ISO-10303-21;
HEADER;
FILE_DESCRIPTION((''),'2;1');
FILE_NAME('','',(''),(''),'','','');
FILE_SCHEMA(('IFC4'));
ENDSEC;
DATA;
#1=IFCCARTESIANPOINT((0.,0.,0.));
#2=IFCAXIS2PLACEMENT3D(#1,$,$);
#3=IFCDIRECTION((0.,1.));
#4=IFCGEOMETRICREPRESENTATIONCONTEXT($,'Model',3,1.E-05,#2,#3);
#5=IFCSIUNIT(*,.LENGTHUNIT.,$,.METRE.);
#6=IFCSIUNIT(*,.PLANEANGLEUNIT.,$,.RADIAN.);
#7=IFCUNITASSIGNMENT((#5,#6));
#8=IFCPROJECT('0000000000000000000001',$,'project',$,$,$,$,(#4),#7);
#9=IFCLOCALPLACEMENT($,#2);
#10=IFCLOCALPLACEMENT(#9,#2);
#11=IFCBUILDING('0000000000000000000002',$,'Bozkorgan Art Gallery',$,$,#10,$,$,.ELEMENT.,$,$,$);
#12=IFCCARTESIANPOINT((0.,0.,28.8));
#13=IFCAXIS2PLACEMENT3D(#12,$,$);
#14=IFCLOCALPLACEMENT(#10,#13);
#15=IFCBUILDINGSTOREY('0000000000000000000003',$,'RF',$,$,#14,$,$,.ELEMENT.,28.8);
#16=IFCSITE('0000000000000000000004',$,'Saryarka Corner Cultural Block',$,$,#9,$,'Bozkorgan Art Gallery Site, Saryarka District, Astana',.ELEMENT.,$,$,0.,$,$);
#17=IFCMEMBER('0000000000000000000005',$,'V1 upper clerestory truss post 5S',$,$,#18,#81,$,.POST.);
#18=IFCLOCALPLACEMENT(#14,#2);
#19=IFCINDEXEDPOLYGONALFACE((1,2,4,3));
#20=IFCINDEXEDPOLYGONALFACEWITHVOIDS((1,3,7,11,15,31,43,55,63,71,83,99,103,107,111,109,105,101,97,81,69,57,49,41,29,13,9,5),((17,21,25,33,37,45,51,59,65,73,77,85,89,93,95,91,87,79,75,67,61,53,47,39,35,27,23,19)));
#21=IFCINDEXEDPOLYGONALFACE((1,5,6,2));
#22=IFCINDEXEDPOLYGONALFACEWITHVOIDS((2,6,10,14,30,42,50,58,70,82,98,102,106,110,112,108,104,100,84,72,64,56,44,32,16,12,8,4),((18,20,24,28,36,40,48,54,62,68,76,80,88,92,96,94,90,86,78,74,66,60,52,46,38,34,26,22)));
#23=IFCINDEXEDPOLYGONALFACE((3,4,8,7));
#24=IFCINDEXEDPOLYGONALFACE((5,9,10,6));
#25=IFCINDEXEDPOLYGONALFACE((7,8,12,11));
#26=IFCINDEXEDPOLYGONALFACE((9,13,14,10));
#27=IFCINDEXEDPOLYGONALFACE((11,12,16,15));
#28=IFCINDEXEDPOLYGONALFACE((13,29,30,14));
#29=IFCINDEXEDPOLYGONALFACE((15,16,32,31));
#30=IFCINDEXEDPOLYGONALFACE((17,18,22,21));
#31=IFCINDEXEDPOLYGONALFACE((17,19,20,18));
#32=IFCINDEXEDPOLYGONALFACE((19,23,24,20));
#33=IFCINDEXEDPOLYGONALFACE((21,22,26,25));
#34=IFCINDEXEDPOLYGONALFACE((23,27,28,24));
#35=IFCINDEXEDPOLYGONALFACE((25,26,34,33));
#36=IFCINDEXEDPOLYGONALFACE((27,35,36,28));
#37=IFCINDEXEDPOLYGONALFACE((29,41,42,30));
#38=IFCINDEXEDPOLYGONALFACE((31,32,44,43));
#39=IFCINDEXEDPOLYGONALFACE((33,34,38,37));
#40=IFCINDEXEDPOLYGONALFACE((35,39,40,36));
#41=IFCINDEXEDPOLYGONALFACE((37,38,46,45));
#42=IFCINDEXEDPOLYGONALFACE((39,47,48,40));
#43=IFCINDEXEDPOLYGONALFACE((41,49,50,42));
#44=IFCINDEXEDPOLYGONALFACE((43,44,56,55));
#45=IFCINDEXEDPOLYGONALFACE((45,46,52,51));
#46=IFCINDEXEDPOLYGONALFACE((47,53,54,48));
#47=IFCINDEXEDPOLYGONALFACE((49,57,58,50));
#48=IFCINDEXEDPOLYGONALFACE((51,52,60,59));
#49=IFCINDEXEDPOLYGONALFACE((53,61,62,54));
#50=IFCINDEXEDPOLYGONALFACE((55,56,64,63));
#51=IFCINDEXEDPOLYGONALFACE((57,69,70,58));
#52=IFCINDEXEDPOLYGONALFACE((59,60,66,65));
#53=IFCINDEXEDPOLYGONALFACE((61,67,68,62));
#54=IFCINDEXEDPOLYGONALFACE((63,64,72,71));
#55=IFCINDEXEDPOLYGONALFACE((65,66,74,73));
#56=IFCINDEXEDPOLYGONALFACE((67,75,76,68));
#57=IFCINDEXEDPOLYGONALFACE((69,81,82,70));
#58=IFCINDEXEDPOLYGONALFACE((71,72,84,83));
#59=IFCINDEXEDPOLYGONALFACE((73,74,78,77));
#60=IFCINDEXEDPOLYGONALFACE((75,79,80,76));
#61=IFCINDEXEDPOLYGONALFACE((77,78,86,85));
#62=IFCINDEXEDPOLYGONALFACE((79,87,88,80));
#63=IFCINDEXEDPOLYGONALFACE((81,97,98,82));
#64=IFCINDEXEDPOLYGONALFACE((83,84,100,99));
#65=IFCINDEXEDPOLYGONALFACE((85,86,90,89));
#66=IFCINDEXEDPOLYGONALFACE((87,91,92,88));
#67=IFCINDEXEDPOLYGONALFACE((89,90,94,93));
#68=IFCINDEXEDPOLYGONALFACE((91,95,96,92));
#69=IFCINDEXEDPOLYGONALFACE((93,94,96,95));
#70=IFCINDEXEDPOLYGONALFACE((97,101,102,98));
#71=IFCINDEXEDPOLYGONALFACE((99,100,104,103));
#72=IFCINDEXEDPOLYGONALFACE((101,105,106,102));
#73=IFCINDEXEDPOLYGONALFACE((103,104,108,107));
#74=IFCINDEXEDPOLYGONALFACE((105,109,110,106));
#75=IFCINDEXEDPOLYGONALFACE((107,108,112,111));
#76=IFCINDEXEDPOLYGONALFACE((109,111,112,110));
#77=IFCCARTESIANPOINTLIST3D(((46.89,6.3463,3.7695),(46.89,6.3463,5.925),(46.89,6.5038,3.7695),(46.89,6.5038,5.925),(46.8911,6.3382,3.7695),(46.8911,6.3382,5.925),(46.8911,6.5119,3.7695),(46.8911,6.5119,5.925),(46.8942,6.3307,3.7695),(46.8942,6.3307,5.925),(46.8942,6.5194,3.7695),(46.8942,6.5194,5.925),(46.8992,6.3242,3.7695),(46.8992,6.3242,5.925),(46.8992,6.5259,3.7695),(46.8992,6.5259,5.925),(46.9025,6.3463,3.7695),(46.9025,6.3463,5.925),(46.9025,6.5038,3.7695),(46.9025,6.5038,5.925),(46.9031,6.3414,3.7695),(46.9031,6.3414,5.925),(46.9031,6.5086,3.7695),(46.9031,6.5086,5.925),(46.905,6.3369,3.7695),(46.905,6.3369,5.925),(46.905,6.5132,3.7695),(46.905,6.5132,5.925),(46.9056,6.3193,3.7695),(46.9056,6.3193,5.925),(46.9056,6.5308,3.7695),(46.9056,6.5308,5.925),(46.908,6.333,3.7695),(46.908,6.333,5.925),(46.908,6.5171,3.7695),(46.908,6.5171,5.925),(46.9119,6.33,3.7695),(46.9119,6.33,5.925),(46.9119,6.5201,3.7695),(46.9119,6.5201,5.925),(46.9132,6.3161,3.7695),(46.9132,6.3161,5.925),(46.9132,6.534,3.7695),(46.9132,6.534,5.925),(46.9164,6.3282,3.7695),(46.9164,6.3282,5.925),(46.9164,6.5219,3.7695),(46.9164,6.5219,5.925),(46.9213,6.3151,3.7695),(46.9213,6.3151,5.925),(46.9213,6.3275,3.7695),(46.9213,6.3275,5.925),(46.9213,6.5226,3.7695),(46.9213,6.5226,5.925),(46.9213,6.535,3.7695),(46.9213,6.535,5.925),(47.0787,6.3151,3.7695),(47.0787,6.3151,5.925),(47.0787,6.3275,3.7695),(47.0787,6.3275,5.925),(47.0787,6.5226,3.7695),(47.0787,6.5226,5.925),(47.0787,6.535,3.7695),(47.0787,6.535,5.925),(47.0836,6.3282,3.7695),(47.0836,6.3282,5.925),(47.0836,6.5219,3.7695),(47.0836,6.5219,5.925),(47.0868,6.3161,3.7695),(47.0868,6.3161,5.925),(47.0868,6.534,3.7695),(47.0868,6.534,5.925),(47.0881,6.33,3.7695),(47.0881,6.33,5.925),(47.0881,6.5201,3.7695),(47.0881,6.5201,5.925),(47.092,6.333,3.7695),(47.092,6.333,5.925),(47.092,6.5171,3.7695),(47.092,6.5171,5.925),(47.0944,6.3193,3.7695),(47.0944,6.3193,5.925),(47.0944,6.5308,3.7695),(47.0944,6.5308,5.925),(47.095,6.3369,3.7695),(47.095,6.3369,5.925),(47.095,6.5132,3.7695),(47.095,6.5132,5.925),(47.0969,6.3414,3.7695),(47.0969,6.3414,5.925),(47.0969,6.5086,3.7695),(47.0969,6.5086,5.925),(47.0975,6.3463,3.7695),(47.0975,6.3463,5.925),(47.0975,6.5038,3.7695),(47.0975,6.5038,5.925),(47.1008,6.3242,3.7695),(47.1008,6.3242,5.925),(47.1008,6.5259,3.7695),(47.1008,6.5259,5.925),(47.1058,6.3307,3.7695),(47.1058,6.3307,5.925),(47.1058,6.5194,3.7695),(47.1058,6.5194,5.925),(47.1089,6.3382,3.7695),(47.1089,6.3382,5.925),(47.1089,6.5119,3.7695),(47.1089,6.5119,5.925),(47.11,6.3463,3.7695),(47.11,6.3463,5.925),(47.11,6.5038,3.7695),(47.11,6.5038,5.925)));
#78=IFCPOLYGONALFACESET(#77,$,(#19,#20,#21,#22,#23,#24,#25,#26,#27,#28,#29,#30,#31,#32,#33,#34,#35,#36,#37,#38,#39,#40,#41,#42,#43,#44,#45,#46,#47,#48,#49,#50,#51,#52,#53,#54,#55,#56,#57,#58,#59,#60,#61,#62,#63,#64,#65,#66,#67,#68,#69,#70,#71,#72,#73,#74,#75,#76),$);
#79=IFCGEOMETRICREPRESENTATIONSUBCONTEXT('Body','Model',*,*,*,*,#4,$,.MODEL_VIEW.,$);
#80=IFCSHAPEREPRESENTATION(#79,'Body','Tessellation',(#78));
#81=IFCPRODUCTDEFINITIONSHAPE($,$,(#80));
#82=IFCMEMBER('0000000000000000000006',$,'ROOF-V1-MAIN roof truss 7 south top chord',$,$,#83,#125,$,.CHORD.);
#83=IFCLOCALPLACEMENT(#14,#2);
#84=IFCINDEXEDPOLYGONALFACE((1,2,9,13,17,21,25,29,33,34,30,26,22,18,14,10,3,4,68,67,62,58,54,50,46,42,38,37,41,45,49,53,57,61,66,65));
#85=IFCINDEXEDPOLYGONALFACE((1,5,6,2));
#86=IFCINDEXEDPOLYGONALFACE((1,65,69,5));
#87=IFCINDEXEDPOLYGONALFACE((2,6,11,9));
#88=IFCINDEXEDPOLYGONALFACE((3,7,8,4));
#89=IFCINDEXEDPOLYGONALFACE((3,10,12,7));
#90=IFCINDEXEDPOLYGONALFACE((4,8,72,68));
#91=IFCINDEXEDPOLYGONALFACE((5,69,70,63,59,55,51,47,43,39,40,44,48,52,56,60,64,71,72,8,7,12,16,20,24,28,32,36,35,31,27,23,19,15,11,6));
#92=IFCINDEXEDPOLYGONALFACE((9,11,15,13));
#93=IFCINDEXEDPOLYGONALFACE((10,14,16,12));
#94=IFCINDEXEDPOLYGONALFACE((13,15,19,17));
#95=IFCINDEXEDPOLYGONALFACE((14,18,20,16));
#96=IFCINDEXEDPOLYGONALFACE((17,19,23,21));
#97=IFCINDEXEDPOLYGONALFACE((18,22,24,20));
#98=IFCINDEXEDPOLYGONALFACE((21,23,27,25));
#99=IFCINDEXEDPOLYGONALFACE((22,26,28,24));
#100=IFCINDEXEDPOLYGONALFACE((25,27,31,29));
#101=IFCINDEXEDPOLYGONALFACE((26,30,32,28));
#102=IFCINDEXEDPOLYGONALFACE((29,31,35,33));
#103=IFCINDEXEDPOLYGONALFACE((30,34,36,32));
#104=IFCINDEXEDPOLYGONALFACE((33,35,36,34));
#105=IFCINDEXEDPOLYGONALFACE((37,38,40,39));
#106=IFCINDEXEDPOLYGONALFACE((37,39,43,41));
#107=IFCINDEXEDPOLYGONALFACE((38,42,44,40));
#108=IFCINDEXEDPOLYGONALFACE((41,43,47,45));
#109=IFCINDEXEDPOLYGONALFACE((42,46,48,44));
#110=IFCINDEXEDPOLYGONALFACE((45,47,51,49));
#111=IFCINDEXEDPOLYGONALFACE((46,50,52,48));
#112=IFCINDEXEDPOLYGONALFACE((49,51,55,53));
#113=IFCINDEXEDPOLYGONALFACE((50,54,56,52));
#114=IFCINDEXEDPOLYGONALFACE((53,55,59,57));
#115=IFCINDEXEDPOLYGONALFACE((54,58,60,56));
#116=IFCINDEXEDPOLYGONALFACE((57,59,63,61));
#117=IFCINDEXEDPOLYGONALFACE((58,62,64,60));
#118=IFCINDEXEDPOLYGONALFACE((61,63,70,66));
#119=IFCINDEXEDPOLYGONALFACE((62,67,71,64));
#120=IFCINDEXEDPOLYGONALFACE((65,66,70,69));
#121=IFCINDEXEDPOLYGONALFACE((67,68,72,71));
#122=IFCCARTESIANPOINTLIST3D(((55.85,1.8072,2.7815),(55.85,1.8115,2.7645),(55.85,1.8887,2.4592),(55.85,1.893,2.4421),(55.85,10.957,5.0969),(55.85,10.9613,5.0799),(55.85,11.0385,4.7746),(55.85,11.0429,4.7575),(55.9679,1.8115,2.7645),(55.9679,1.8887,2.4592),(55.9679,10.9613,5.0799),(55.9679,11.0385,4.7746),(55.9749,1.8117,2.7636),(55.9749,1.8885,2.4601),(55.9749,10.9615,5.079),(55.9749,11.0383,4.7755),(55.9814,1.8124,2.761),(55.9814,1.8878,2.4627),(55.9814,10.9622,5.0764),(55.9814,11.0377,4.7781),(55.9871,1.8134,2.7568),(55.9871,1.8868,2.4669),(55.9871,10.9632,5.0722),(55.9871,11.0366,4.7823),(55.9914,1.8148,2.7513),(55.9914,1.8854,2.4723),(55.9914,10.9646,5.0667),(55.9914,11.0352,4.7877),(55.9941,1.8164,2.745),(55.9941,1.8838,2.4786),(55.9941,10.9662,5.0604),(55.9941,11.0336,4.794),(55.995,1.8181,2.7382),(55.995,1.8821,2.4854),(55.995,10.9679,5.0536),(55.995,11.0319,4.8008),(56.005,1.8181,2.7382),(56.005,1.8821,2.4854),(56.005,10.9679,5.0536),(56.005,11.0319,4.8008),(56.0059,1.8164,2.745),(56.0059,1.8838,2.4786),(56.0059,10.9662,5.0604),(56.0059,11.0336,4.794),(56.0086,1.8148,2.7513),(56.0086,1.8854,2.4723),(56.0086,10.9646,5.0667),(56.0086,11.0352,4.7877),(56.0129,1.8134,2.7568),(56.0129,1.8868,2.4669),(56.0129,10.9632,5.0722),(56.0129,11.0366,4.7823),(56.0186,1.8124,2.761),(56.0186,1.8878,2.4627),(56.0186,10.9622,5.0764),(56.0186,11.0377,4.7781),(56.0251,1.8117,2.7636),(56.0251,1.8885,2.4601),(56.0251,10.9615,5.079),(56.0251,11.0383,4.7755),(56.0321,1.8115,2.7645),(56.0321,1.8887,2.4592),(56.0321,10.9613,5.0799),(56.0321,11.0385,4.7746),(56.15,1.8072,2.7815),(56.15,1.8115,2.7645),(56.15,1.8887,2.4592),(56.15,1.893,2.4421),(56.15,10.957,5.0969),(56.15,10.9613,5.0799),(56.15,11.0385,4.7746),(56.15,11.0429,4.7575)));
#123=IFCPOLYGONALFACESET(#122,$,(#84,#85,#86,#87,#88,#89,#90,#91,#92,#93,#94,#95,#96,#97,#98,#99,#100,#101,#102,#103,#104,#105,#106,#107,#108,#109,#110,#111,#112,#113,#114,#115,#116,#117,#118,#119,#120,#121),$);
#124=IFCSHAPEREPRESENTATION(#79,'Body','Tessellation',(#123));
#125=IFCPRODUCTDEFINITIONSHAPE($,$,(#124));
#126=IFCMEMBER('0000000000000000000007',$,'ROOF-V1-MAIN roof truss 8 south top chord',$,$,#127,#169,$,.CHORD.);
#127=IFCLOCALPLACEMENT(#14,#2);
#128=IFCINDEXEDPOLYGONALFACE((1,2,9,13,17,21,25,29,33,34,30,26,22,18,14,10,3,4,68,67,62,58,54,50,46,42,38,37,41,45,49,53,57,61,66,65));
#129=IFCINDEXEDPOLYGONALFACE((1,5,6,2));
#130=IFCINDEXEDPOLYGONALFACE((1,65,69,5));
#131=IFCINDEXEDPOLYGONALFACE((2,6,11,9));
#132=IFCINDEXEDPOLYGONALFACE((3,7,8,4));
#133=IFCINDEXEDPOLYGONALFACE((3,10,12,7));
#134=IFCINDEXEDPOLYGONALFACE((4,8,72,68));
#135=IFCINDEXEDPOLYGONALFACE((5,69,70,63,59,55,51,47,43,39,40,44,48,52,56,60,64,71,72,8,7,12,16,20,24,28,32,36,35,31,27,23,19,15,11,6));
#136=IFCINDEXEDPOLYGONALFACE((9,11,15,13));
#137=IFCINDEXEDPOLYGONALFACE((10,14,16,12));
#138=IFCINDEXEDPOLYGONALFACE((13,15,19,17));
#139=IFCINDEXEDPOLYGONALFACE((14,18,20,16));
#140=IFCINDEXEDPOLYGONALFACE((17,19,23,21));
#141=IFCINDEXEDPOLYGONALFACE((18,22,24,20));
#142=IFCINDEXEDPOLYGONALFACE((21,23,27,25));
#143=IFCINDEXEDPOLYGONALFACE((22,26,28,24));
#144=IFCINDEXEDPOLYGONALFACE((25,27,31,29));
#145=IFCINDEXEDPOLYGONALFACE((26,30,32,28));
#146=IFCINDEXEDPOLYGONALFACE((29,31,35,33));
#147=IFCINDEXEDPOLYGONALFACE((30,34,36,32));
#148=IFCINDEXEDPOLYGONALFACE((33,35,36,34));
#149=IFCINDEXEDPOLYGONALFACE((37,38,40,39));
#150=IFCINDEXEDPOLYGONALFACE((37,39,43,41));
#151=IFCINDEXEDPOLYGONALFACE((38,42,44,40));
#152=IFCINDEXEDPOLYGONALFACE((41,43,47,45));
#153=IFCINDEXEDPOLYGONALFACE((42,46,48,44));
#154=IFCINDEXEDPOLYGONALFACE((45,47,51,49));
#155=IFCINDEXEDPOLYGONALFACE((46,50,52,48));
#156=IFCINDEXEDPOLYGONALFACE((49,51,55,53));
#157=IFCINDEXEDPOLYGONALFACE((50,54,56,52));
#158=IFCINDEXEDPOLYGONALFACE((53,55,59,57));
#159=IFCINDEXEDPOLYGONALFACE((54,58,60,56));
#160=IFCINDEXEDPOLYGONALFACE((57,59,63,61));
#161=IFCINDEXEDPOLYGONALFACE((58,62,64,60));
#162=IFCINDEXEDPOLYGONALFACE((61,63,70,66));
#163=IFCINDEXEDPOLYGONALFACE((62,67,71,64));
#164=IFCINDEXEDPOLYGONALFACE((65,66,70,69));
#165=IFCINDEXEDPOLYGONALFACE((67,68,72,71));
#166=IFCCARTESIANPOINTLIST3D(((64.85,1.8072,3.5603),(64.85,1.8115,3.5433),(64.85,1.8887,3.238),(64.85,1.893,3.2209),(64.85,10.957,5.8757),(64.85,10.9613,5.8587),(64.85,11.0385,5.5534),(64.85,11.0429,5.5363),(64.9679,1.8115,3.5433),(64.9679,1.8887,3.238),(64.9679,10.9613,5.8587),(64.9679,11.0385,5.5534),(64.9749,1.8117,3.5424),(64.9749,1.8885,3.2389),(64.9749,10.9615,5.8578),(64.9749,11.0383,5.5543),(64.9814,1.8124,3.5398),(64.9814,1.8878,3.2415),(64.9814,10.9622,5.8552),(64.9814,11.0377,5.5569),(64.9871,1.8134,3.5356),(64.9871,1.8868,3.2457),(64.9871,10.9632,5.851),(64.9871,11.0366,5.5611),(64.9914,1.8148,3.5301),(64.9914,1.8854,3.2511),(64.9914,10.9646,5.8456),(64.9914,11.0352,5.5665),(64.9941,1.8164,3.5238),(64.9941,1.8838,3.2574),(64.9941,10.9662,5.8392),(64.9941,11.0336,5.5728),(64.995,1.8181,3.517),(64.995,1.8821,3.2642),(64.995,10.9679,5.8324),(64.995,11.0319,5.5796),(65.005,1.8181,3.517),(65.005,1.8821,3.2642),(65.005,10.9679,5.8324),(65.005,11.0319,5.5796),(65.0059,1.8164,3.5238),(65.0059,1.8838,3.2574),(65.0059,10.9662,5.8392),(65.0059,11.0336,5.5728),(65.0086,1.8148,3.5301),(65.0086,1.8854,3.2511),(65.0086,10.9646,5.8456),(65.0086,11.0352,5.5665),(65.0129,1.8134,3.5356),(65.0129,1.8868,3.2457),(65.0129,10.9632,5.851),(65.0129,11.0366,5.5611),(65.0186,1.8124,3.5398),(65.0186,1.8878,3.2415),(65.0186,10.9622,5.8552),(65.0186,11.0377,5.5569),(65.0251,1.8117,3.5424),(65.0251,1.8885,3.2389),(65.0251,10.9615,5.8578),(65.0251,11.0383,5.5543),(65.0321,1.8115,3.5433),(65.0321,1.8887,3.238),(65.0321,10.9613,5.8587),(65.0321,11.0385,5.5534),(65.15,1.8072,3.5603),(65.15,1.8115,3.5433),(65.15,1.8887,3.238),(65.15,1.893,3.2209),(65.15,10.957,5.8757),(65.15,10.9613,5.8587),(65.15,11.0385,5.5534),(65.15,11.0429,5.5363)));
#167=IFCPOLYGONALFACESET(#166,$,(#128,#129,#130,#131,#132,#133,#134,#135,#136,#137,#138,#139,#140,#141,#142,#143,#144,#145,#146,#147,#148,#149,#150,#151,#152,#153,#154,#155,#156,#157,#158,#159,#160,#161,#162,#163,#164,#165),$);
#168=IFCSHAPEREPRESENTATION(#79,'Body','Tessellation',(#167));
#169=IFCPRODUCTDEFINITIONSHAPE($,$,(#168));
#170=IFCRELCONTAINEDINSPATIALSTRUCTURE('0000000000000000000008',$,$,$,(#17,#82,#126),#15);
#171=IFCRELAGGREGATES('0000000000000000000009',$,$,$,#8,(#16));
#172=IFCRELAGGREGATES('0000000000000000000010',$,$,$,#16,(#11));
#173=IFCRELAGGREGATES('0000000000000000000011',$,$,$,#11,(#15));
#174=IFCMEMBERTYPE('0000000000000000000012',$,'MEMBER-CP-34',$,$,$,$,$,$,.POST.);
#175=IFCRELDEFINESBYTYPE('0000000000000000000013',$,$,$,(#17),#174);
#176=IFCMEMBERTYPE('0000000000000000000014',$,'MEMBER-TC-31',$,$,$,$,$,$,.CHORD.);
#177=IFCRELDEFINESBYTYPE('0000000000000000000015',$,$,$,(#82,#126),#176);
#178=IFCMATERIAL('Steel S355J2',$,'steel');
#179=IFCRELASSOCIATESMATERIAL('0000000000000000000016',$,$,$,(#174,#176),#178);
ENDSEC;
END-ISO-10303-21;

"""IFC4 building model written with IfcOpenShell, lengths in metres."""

from ifc_helpers import new_model, si_unit, direction, frame, origin, origin_2d, place, context, subcontext, project, spatial, hollow_rectangle, i_section, extrude, material, material_profile, profile_set, type_object, element, save


model = new_model("IFC4")

# Units and contexts
model_context = context("Model", 3, precision=1e-05, world=origin(), true_north=direction((0.0, 1.0)))
body_context = subcontext(model_context, "Body", "Model", "MODEL_VIEW")
ifc_project = project(units=[si_unit("LENGTHUNIT", "METRE"), si_unit("PLANEANGLEUNIT", "RADIAN")], contexts=[model_context])

# Site, building, storey
site_placement = place(None, origin())
site = spatial("IfcSite", under=ifc_project, at=site_placement, Name="Saryarka Corner Cultural Block", LongName="Bozkorgan Art Gallery Site, Saryarka District, Astana", CompositionType="ELEMENT", RefElevation=0.0)
building_placement = place(site_placement, origin())
building = spatial("IfcBuilding", under=site, at=building_placement, Name="Bozkorgan Art Gallery", CompositionType="ELEMENT")
storey_placement = place(building_placement, frame((0.0, 0.0, 28.8)))
storey = spatial("IfcBuildingStorey", under=building, at=storey_placement, Name="RF", CompositionType="ELEMENT", Elevation=28.8)

# Members
ifc_material_1 = material(Name="Steel S355J2", Category="steel")
ifc_material_profile_1 = material_profile(ifc_material_1, hollow_rectangle(XDim=0.22, YDim=0.22, WallThickness=0.0125, InnerFilletRadius=0.0188, OuterFilletRadius=0.0312, at=origin_2d()), Name="SHS 220x220x12.5")
ifc_profile_set_1 = profile_set([ifc_material_profile_1], Name="Steel S355J2")
member_type_1 = type_object("IfcMemberType", Name="MEMBER-CP-34", PredefinedType="POST", material=ifc_profile_set_1)
member_1_placement = place(storey_placement, frame((47.0, 6.425, 3.7695), z_axis=(0.0, 0.0, 1.0), x_axis=(1.0, 0.0, 0.0)))
element("IfcMember", 1, at=member_1_placement, inside=storey, type_object=member_type_1, Name="V1 upper clerestory truss post 5S", PredefinedType="POST", context=body_context, shape_type="SweptSolid", body=[
    extrude(hollow_rectangle(XDim=0.22, YDim=0.22, WallThickness=0.0125, InnerFilletRadius=0.0188, OuterFilletRadius=0.0312, at=origin_2d()), origin(), (0.0, 0.0, 1.0), 2.1555),
])
ifc_material_profile_2 = material_profile(ifc_material_1, i_section(OverallWidth=0.3, OverallDepth=0.3501, WebThickness=0.01, FlangeThickness=0.0176, FilletRadius=0.0271, at=origin_2d()), Name="HEA 360")
ifc_profile_set_2 = profile_set([ifc_material_profile_2], Name="Steel S355J2")
member_type_2 = type_object("IfcMemberType", Name="MEMBER-TC-31", PredefinedType="CHORD", material=ifc_profile_set_2)
for number, where, z_axis, x_axis, name in (
    (2, (56.0, 1.8501, 2.6118), (0.0, 0.969442, 0.245322), (-1.0, 0.0, 0.0), "ROOF-V1-MAIN roof truss 7 south top chord"),
    (3, (65.0, 1.8501, 3.3906), (0.0, 0.969442, 0.245322), (-1.0, 0.0, 0.0), "ROOF-V1-MAIN roof truss 8 south top chord"),
):
    element("IfcMember", number, at=place(storey_placement, frame(where, z_axis=z_axis, x_axis=x_axis)), inside=storey, type_object=member_type_2, Name=name, PredefinedType="CHORD", context=body_context, shape_type="SweptSolid", body=[
        extrude(i_section(OverallWidth=0.3, OverallDepth=0.3501, WebThickness=0.01, FlangeThickness=0.0176, FilletRadius=0.0271, at=origin_2d()), origin(), (0.0, 0.0, 1.0), 9.4382),
    ])

save(model, "model.ifc")
